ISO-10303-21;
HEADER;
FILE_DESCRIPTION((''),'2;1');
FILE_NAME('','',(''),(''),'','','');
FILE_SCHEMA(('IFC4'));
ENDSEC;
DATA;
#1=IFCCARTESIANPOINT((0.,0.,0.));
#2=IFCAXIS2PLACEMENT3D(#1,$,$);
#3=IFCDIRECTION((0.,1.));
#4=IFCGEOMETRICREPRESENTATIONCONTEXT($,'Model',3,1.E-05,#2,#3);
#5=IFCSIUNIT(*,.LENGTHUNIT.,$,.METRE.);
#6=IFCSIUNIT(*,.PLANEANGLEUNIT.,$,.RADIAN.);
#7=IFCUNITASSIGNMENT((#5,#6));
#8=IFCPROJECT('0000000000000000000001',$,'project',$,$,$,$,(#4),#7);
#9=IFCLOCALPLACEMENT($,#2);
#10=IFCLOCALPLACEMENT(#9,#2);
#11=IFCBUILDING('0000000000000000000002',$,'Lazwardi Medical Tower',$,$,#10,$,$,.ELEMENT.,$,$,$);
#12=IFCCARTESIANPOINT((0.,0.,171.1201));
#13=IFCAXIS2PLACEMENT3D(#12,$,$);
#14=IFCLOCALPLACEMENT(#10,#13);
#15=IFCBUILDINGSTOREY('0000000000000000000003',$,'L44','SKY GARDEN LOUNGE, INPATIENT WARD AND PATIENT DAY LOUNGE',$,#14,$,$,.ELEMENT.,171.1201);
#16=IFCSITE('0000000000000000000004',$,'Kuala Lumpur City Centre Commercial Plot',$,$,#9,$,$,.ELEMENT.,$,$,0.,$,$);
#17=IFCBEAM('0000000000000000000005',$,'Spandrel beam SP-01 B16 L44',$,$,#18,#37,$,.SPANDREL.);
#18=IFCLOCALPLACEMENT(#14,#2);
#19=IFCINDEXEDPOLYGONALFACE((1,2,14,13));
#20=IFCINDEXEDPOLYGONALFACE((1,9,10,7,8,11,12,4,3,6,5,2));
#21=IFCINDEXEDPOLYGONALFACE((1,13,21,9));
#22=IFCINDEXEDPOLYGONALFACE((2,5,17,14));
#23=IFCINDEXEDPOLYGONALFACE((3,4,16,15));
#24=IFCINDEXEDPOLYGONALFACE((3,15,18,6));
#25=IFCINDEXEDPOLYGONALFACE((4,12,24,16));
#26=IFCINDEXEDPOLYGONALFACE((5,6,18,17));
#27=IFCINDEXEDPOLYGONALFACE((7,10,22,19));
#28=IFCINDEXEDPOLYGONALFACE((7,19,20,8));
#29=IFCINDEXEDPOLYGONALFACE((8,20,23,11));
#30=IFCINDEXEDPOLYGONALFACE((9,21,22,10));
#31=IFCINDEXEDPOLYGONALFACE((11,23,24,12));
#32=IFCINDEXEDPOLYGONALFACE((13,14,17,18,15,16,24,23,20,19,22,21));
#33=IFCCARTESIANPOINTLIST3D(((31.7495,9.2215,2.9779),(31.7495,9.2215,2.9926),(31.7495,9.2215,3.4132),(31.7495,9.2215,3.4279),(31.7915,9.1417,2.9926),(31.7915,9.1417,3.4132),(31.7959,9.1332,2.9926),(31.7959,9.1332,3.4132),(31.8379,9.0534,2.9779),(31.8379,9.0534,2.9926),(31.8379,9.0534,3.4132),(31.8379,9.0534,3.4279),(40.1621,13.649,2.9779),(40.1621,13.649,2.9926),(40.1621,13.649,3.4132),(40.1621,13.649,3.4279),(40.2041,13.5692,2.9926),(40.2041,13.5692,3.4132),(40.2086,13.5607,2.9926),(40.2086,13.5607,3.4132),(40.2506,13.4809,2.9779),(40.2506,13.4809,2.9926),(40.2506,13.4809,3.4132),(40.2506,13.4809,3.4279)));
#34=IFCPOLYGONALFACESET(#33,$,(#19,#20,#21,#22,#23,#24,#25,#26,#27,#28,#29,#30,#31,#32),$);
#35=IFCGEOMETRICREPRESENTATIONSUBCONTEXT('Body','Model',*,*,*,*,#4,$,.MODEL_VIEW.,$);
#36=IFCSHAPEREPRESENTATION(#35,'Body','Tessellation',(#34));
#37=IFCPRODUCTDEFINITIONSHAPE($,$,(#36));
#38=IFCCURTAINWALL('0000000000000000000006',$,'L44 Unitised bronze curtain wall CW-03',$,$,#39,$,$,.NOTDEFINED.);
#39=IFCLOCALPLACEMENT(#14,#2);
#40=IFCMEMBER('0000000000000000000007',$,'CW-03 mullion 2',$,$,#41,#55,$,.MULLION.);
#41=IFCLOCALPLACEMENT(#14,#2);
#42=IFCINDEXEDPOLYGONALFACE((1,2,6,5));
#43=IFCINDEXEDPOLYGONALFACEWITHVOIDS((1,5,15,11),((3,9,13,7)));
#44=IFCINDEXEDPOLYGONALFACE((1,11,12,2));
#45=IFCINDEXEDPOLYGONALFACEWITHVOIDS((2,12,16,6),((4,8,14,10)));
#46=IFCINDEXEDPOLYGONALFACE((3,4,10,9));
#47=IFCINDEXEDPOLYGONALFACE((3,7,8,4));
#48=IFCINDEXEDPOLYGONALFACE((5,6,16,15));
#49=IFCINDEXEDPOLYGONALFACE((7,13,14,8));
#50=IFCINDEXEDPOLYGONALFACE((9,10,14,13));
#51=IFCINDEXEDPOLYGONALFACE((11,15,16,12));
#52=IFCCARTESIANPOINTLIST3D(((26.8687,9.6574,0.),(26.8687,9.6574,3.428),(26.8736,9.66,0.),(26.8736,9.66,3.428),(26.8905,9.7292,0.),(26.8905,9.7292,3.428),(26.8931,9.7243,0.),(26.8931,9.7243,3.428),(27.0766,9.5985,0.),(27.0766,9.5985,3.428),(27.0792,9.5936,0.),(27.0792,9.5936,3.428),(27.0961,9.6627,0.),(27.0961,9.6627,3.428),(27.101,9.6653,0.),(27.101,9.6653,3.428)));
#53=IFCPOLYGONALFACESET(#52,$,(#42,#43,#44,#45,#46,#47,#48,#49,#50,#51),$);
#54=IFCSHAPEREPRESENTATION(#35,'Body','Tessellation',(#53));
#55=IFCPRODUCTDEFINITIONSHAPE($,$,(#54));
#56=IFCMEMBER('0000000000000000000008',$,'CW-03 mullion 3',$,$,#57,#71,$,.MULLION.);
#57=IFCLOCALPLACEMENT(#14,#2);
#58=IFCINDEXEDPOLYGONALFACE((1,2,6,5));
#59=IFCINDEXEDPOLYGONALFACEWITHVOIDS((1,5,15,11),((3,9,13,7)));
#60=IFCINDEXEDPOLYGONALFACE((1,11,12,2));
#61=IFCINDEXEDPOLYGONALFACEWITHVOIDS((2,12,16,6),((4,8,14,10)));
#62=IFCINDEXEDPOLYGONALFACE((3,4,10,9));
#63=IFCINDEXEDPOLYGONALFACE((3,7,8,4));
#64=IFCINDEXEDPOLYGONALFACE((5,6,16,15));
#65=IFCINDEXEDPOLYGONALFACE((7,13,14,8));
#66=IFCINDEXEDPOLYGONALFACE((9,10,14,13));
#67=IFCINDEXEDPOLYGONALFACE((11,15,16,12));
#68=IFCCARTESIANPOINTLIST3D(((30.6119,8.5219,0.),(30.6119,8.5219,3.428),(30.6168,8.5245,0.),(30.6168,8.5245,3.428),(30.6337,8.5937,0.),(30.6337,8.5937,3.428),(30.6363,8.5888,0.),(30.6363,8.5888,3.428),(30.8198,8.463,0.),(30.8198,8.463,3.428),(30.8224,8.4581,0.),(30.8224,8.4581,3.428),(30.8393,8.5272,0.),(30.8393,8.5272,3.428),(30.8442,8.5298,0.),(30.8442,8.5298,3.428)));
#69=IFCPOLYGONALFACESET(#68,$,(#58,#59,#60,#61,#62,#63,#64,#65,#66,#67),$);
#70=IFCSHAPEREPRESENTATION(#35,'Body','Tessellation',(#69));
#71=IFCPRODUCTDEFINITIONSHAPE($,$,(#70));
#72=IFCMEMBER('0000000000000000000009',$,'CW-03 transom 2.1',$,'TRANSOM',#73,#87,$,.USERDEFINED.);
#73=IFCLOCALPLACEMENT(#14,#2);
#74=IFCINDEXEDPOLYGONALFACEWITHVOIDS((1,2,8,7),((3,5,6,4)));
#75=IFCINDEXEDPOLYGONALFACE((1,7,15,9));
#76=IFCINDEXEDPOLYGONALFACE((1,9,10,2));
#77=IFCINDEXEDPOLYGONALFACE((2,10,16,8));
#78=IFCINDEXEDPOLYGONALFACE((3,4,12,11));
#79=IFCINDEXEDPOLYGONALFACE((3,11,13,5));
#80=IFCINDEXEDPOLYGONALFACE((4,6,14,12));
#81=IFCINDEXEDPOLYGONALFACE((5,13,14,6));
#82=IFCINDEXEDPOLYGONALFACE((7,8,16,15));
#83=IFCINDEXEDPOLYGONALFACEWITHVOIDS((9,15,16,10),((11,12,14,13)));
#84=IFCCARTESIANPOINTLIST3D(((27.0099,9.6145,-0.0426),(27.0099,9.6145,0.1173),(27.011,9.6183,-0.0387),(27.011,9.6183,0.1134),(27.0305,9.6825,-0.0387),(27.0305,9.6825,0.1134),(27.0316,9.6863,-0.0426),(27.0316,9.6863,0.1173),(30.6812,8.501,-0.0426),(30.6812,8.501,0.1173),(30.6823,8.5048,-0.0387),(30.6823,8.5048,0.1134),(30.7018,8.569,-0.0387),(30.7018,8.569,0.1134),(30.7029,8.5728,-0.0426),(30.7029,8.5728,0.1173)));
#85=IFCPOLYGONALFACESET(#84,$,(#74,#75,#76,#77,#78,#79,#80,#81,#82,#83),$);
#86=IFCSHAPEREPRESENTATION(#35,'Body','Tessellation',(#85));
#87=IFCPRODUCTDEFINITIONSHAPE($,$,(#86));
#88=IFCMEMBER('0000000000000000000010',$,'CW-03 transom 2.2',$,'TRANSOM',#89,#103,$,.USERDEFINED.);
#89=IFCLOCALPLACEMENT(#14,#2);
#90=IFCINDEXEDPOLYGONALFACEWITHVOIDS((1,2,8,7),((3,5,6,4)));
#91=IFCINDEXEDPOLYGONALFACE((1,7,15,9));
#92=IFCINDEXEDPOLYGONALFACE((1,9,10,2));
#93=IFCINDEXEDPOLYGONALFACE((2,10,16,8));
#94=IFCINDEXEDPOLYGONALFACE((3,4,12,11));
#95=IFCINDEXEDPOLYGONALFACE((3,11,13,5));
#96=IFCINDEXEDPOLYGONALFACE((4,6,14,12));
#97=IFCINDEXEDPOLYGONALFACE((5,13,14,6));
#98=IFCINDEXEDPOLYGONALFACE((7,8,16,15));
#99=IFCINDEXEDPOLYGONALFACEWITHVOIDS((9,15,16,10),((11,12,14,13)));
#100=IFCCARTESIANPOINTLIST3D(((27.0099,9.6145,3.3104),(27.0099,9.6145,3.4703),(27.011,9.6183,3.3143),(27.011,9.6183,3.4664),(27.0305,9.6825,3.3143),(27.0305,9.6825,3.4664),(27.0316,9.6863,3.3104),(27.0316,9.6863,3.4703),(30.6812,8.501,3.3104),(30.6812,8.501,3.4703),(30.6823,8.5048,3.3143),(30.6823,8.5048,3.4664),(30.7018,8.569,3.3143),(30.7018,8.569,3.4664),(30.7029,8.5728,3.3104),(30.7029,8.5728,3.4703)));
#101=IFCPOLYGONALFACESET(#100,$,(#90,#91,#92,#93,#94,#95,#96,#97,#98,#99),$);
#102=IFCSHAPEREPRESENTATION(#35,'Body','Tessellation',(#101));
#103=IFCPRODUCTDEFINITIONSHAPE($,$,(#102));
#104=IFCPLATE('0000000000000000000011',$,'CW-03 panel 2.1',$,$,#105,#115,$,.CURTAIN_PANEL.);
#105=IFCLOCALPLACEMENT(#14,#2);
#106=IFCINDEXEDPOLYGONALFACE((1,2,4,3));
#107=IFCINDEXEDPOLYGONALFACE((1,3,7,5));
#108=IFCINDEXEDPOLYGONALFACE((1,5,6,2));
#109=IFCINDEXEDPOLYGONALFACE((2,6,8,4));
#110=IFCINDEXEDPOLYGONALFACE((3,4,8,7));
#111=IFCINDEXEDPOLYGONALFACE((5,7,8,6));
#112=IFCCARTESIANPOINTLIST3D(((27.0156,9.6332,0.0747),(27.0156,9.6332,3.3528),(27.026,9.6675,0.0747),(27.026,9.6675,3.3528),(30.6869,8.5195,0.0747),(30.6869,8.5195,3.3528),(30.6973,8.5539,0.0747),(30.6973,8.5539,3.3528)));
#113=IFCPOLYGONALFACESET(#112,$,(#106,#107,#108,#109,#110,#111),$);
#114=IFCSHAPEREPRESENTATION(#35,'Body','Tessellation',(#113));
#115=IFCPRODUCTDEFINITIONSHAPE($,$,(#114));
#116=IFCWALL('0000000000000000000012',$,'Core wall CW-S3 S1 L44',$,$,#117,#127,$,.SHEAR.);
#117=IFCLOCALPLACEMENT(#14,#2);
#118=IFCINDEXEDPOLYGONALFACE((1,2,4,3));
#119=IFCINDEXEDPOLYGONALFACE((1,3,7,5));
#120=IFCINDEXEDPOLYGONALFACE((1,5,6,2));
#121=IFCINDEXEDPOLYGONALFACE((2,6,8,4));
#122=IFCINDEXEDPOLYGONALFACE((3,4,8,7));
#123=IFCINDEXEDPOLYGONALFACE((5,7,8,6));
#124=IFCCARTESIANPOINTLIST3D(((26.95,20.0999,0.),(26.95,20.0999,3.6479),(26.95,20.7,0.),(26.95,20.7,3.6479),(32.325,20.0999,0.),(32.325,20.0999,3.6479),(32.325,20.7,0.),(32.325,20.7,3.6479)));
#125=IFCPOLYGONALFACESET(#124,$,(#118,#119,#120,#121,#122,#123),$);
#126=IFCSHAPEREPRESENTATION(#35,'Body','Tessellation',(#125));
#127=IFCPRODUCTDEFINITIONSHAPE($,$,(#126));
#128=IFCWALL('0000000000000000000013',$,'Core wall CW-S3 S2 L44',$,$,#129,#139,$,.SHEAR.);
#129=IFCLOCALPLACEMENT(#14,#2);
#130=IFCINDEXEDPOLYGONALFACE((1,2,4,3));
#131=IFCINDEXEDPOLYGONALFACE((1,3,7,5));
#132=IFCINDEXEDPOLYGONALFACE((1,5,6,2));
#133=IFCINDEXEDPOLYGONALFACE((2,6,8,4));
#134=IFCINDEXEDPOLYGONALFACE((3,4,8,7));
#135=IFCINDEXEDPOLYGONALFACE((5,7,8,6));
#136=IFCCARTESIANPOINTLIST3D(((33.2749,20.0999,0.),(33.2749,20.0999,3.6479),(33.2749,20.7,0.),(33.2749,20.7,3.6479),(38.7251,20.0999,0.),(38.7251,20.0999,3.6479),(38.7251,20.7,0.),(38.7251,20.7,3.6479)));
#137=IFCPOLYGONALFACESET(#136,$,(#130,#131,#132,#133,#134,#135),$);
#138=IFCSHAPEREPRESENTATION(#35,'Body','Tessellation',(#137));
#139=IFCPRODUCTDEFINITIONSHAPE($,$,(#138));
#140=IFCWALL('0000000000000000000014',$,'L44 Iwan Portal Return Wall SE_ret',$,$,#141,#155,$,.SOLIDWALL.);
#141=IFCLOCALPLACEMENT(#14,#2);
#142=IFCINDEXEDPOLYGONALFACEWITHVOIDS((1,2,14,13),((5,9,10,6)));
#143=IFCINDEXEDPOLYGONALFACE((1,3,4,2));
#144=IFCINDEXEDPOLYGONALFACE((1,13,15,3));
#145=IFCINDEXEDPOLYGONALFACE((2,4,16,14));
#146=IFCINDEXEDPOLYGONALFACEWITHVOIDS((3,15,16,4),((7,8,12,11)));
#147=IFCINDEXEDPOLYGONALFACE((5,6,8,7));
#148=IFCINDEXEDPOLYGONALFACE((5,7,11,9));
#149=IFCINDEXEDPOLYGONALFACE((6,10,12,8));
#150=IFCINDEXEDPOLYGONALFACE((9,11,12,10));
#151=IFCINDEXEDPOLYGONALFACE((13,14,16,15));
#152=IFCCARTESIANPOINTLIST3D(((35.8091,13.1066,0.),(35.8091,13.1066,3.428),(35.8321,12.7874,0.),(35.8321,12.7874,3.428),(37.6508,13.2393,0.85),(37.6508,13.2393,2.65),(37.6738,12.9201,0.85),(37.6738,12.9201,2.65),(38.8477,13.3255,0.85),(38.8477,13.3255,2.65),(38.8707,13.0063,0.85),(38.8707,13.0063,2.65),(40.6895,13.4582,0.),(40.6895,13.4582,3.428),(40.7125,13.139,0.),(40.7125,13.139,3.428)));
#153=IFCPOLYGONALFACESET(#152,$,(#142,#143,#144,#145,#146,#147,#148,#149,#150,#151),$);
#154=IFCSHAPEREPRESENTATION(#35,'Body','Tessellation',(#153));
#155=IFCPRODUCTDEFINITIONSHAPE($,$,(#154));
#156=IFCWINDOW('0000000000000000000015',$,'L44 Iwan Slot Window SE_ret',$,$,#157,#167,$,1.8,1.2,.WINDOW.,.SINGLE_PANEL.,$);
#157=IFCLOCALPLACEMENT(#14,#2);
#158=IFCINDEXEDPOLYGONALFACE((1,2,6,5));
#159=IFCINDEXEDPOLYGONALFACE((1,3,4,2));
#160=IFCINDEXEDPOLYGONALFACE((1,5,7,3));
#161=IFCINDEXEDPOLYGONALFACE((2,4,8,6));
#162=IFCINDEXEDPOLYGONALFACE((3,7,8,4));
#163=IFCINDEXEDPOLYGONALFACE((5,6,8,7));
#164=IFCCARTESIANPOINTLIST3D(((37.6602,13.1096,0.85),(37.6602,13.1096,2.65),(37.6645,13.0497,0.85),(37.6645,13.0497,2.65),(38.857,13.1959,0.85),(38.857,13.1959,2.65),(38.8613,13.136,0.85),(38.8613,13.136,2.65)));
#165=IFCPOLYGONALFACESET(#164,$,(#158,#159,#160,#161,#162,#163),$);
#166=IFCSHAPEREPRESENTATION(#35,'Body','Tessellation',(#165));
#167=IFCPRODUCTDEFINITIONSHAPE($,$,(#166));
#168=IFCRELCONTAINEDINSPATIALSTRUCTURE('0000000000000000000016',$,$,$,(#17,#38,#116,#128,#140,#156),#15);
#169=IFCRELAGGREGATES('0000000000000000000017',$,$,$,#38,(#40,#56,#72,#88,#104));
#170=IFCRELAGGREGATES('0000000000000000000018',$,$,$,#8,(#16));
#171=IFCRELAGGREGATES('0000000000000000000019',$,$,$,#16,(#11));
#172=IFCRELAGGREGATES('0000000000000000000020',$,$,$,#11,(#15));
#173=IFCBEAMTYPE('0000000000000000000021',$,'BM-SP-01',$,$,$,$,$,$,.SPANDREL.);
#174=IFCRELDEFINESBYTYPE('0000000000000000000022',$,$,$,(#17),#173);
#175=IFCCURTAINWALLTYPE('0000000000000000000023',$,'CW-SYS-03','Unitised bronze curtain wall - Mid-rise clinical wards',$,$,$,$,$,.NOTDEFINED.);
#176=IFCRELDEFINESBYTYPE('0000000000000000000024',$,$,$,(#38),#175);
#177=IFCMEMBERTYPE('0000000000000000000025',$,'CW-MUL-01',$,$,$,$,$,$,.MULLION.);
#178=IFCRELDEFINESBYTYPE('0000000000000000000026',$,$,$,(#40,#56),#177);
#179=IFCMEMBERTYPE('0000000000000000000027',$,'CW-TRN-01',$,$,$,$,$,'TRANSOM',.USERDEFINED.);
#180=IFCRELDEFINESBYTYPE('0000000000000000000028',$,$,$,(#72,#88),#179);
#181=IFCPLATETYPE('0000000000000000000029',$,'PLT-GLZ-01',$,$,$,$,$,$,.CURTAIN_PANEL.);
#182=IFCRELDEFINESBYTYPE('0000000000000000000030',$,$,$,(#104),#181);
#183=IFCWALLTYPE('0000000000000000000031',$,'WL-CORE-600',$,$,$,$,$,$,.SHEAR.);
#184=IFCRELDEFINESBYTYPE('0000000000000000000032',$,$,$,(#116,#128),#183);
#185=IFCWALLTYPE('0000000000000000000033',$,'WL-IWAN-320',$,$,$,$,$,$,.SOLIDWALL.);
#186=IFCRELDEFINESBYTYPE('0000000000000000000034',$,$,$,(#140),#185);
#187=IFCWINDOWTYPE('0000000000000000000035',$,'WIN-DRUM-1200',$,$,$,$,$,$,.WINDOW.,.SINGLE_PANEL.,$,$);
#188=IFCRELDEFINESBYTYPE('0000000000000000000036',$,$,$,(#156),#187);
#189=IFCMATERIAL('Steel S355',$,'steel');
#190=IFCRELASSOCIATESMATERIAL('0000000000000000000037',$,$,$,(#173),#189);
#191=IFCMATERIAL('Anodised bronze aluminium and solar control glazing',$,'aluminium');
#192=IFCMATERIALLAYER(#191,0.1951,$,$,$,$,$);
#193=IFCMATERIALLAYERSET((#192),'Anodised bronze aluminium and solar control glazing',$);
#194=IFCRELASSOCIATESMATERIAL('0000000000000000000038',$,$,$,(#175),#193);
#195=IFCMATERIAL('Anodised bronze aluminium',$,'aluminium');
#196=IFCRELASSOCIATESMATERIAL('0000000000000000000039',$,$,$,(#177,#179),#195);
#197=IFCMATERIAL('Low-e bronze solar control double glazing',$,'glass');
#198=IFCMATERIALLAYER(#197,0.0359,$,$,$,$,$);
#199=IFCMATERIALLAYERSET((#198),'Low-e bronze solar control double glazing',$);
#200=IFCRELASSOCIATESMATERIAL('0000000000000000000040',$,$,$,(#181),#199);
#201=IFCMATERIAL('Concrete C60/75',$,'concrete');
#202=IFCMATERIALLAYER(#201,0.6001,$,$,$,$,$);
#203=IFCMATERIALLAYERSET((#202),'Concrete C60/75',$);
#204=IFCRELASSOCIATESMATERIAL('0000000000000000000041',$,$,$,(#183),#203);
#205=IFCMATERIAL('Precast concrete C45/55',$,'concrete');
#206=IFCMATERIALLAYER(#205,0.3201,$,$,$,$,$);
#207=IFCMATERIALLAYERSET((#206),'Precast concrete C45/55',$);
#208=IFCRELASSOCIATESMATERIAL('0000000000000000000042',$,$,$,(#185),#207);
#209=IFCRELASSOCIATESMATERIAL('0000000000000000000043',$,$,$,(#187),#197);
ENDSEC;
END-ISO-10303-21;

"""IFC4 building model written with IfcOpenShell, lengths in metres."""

from ifc_helpers import new_model, si_unit, direction, frame, frame_2d, origin, origin_2d, place, context, subcontext, project, spatial, rectangle, hollow_rectangle, i_section, extrude, material, layer, layer_set, material_profile, profile_set, type_object, element, fill, aggregate, save


model = new_model("IFC4")

# Units and contexts
model_context = context("Model", 3, precision=1e-05, world=origin(), true_north=direction((0.0, 1.0)))
body_context = subcontext(model_context, "Body", "Model", "MODEL_VIEW")
ifc_project = project(units=[si_unit("LENGTHUNIT", "METRE"), si_unit("PLANEANGLEUNIT", "RADIAN")], contexts=[model_context])

# Site, building, storey
site_placement = place(None, origin())
site = spatial("IfcSite", under=ifc_project, at=site_placement, Name="Kuala Lumpur City Centre Commercial Plot", CompositionType="ELEMENT", RefElevation=0.0)
building_placement = place(site_placement, origin())
building = spatial("IfcBuilding", under=site, at=building_placement, Name="Lazwardi Medical Tower", CompositionType="ELEMENT")
storey_placement = place(building_placement, frame((0.0, 0.0, 171.1201)))
storey = spatial("IfcBuildingStorey", under=building, at=storey_placement, Name="L44", Description="SKY GARDEN LOUNGE, INPATIENT WARD AND PATIENT DAY LOUNGE", CompositionType="ELEMENT", Elevation=171.1201)

# Shared definitions
ifc_material_1 = material(Name="Concrete C60/75", Category="concrete")

# Beam
ifc_material_2 = material(Name="Steel S355", Category="steel")
ifc_material_profile_1 = material_profile(ifc_material_2, i_section(OverallWidth=0.1899, OverallDepth=0.45, WebThickness=0.0095, FlangeThickness=0.0146, at=origin_2d()), Name="IPE 450")
ifc_profile_set_1 = profile_set([ifc_material_profile_1], Name="Steel S355")
beam_type_1 = type_object("IfcBeamType", Name="BM-SP-01", PredefinedType="SPANDREL", material=ifc_profile_set_1)
beam_1_placement = place(storey_placement, frame((31.7937, 9.1375, 3.2029), z_axis=(0.884927, 0.465731, 0.0), x_axis=(-0.465731, 0.884927, 0.0)))
element("IfcBeam", 1, at=beam_1_placement, inside=storey, type_object=beam_type_1, Name="Spandrel beam SP-01 B16 L44", PredefinedType="SPANDREL", context=body_context, shape_type="SweptSolid", body=[
    extrude(i_section(OverallWidth=0.1899, OverallDepth=0.45, WebThickness=0.0095, FlangeThickness=0.0146, at=origin_2d()), origin(), (0.0, 0.0, 1.0), 9.5066),
])

# Curtain wall, members, plate
ifc_material_3 = material(Name="Anodised bronze aluminium and solar control glazing", Category="aluminium")
ifc_layer_1 = layer(ifc_material_3, 0.1951)
ifc_layer_set_1 = layer_set([ifc_layer_1], Name="Anodised bronze aluminium and solar control glazing")
curtain_wall_type = type_object("IfcCurtainWallType", Name="CW-SYS-03", Description="Unitised bronze curtain wall - Mid-rise clinical wards", PredefinedType="NOTDEFINED", material=ifc_layer_set_1)
curtain_wall_placement = place(storey_placement, origin())
curtain_wall = element("IfcCurtainWall", 2, at=curtain_wall_placement, inside=storey, type_object=curtain_wall_type, Name="L44 Unitised bronze curtain wall CW-03", PredefinedType="NOTDEFINED")
ifc_material_4 = material(Name="Anodised bronze aluminium", Category="aluminium")
ifc_material_profile_2 = material_profile(ifc_material_4, hollow_rectangle(XDim=0.075, YDim=0.22, WallThickness=0.0039, at=origin_2d()), Name="ALU-MULLION 220x75x4")
ifc_profile_set_2 = profile_set([ifc_material_profile_2], Name="Anodised bronze aluminium")
member_type_1 = type_object("IfcMemberType", Name="CW-MUL-01", PredefinedType="MULLION", material=ifc_profile_set_2)
member_1_placement = place(storey_placement, frame((26.9849, 9.6614, 0.0), z_axis=(0.0, 0.0, 1.0), x_axis=(0.290281, 0.956942, 0.0)))
member_1 = element("IfcMember", 3, at=member_1_placement, type_object=member_type_1, Name="CW-03 mullion 2", PredefinedType="MULLION", context=body_context, shape_type="SweptSolid", body=[
    extrude(hollow_rectangle(XDim=0.075, YDim=0.22, WallThickness=0.0039, at=origin_2d()), origin(), (0.0, 0.0, 1.0), 3.428),
])
member_2_placement = place(storey_placement, frame((30.728, 8.5259, 0.0), z_axis=(0.0, 0.0, 1.0), x_axis=(0.290281, 0.956942, 0.0)))
member_2 = element("IfcMember", 4, at=member_2_placement, type_object=member_type_1, Name="CW-03 mullion 3", PredefinedType="MULLION", context=body_context, shape_type="SweptSolid", body=[
    extrude(hollow_rectangle(XDim=0.075, YDim=0.22, WallThickness=0.0039, at=origin_2d()), origin(), (0.0, 0.0, 1.0), 3.428),
])
ifc_material_profile_3 = material_profile(ifc_material_4, hollow_rectangle(XDim=0.075, YDim=0.1599, WallThickness=0.0039, at=origin_2d()), Name="ALU-TRANSOM 160x75x4")
ifc_profile_set_3 = profile_set([ifc_material_profile_3], Name="Anodised bronze aluminium")
member_type_2 = type_object("IfcMemberType", Name="CW-TRN-01", ElementType="TRANSOM", PredefinedType="USERDEFINED", material=ifc_profile_set_3)
member_3_placement = place(storey_placement, frame((27.0208, 9.6504, 0.0374), z_axis=(0.956953, -0.290242, 0.0), x_axis=(0.290242, 0.956953, 0.0)))
member_3 = element("IfcMember", 5, at=member_3_placement, type_object=member_type_2, Name="CW-03 transom 2.1", ObjectType="TRANSOM", PredefinedType="USERDEFINED", context=body_context, shape_type="SweptSolid", body=[
    extrude(hollow_rectangle(XDim=0.075, YDim=0.1599, WallThickness=0.0039, at=origin_2d()), origin(), (0.0, 0.0, 1.0), 3.8364),
])
member_4_placement = place(storey_placement, frame((27.0208, 9.6504, 3.3904), z_axis=(0.956953, -0.290242, 0.0), x_axis=(0.290242, 0.956953, 0.0)))
member_4 = element("IfcMember", 6, at=member_4_placement, type_object=member_type_2, Name="CW-03 transom 2.2", ObjectType="TRANSOM", PredefinedType="USERDEFINED", context=body_context, shape_type="SweptSolid", body=[
    extrude(hollow_rectangle(XDim=0.075, YDim=0.1599, WallThickness=0.0039, at=origin_2d()), origin(), (0.0, 0.0, 1.0), 3.8364),
])
ifc_material_5 = material(Name="Low-e bronze solar control double glazing", Category="glass")
ifc_layer_2 = layer(ifc_material_5, 0.0359)
ifc_layer_set_2 = layer_set([ifc_layer_2], Name="Low-e bronze solar control double glazing")
plate_type = type_object("IfcPlateType", Name="PLT-GLZ-01", PredefinedType="CURTAIN_PANEL", material=ifc_layer_set_2)
plate_placement = place(storey_placement, frame((28.8564, 9.0935, 0.0747), z_axis=(0.0, 0.0, 1.0), x_axis=(0.956942, -0.290281, 0.0)))
plate = element("IfcPlate", 7, at=plate_placement, type_object=plate_type, Name="CW-03 panel 2.1", PredefinedType="CURTAIN_PANEL", context=body_context, shape_type="SweptSolid", body=[
    extrude(rectangle(XDim=3.8364, YDim=0.0359, at=origin_2d()), origin(), (0.0, 0.0, 1.0), 3.2781),
])
aggregate(curtain_wall, [member_1, member_2, member_3, member_4, plate])

# Walls
ifc_layer_3 = layer(ifc_material_1, 0.6001)
ifc_layer_set_3 = layer_set([ifc_layer_3], Name="Concrete C60/75")
wall_type_1 = type_object("IfcWallType", Name="WL-CORE-600", PredefinedType="SHEAR", material=ifc_layer_set_3)
wall_1_placement = place(storey_placement, frame((26.95, 20.3999, 0.0), z_axis=(0.0, 0.0, 1.0), x_axis=(1.0, 0.0, 0.0)))
element("IfcWall", 8, at=wall_1_placement, inside=storey, type_object=wall_type_1, Name="Core wall CW-S3 S1 L44", PredefinedType="SHEAR", context=body_context, shape_type="SweptSolid", body=[
    extrude(rectangle(XDim=5.375, YDim=0.6001, at=frame_2d((2.6875, 0.0))), origin(), (0.0, 0.0, 1.0), 3.6479),
])
wall_2_placement = place(storey_placement, frame((33.2749, 20.3999, 0.0), z_axis=(0.0, 0.0, 1.0), x_axis=(1.0, 0.0, 0.0)))
element("IfcWall", 9, at=wall_2_placement, inside=storey, type_object=wall_type_1, Name="Core wall CW-S3 S2 L44", PredefinedType="SHEAR", context=body_context, shape_type="SweptSolid", body=[
    extrude(rectangle(XDim=5.4502, YDim=0.6001, at=frame_2d((2.7251, 0.0))), origin(), (0.0, 0.0, 1.0), 3.6479),
])

# Wall, opening, window
ifc_material_6 = material(Name="Precast concrete C45/55", Category="concrete")
ifc_layer_4 = layer(ifc_material_6, 0.3201)
ifc_layer_set_4 = layer_set([ifc_layer_4], Name="Precast concrete C45/55")
wall_type_2 = type_object("IfcWallType", Name="WL-IWAN-320", PredefinedType="SOLIDWALL", material=ifc_layer_set_4)
wall_3_placement = place(storey_placement, frame((35.8206, 12.947, 0.0), z_axis=(0.0, 0.0, 1.0), x_axis=(0.997415, 0.07185, 0.0)))
wall_3 = element("IfcWall", 10, at=wall_3_placement, inside=storey, type_object=wall_type_2, Name="L44 Iwan Portal Return Wall SE_ret", PredefinedType="SOLIDWALL", context=body_context, shape_type="SweptSolid", body=[
    extrude(rectangle(XDim=4.8931, YDim=0.3201, at=frame_2d((2.4465, 0.0))), origin(), (0.0, 0.0, 1.0), 3.428),
])
opening_1_placement = place(wall_3_placement, frame((1.8464, 0.0, 0.8501)))
opening_1 = element("IfcOpeningElement", 11, at=opening_1_placement, cuts=wall_3, PredefinedType="OPENING", context=body_context, shape_type="SweptSolid", body=[
    extrude(rectangle(XDim=1.2, YDim=1.8, at=frame_2d((0.6001, 0.8999))), frame((0.0, 0.1699, 0.0), z_axis=(0.0, -1.0, 0.0), x_axis=(1.0, 0.0, 0.0)), (0.0, 0.0, 1.0), 0.3401),
])
window_type_1 = type_object("IfcWindowType", Name="WIN-DRUM-1200", PartitioningType="SINGLE_PANEL", PredefinedType="WINDOW", material=ifc_material_5)
window_1_placement = place(opening_1_placement, origin())
window_1 = element("IfcWindow", 12, at=window_1_placement, inside=storey, type_object=window_type_1, Name="L44 Iwan Slot Window SE_ret", OverallHeight=1.8, OverallWidth=1.2, PartitioningType="SINGLE_PANEL", PredefinedType="WINDOW", context=body_context, shape_type="SweptSolid", body=[
    extrude(rectangle(XDim=1.2, YDim=1.8, at=frame_2d((0.6001, 0.8999))), frame((0.0, 0.03, 0.0), z_axis=(0.0, -1.0, 0.0), x_axis=(1.0, 0.0, 0.0)), (0.0, 0.0, 1.0), 0.0601),
])
fill(opening_1, window_1)

save(model, "model.ifc")
